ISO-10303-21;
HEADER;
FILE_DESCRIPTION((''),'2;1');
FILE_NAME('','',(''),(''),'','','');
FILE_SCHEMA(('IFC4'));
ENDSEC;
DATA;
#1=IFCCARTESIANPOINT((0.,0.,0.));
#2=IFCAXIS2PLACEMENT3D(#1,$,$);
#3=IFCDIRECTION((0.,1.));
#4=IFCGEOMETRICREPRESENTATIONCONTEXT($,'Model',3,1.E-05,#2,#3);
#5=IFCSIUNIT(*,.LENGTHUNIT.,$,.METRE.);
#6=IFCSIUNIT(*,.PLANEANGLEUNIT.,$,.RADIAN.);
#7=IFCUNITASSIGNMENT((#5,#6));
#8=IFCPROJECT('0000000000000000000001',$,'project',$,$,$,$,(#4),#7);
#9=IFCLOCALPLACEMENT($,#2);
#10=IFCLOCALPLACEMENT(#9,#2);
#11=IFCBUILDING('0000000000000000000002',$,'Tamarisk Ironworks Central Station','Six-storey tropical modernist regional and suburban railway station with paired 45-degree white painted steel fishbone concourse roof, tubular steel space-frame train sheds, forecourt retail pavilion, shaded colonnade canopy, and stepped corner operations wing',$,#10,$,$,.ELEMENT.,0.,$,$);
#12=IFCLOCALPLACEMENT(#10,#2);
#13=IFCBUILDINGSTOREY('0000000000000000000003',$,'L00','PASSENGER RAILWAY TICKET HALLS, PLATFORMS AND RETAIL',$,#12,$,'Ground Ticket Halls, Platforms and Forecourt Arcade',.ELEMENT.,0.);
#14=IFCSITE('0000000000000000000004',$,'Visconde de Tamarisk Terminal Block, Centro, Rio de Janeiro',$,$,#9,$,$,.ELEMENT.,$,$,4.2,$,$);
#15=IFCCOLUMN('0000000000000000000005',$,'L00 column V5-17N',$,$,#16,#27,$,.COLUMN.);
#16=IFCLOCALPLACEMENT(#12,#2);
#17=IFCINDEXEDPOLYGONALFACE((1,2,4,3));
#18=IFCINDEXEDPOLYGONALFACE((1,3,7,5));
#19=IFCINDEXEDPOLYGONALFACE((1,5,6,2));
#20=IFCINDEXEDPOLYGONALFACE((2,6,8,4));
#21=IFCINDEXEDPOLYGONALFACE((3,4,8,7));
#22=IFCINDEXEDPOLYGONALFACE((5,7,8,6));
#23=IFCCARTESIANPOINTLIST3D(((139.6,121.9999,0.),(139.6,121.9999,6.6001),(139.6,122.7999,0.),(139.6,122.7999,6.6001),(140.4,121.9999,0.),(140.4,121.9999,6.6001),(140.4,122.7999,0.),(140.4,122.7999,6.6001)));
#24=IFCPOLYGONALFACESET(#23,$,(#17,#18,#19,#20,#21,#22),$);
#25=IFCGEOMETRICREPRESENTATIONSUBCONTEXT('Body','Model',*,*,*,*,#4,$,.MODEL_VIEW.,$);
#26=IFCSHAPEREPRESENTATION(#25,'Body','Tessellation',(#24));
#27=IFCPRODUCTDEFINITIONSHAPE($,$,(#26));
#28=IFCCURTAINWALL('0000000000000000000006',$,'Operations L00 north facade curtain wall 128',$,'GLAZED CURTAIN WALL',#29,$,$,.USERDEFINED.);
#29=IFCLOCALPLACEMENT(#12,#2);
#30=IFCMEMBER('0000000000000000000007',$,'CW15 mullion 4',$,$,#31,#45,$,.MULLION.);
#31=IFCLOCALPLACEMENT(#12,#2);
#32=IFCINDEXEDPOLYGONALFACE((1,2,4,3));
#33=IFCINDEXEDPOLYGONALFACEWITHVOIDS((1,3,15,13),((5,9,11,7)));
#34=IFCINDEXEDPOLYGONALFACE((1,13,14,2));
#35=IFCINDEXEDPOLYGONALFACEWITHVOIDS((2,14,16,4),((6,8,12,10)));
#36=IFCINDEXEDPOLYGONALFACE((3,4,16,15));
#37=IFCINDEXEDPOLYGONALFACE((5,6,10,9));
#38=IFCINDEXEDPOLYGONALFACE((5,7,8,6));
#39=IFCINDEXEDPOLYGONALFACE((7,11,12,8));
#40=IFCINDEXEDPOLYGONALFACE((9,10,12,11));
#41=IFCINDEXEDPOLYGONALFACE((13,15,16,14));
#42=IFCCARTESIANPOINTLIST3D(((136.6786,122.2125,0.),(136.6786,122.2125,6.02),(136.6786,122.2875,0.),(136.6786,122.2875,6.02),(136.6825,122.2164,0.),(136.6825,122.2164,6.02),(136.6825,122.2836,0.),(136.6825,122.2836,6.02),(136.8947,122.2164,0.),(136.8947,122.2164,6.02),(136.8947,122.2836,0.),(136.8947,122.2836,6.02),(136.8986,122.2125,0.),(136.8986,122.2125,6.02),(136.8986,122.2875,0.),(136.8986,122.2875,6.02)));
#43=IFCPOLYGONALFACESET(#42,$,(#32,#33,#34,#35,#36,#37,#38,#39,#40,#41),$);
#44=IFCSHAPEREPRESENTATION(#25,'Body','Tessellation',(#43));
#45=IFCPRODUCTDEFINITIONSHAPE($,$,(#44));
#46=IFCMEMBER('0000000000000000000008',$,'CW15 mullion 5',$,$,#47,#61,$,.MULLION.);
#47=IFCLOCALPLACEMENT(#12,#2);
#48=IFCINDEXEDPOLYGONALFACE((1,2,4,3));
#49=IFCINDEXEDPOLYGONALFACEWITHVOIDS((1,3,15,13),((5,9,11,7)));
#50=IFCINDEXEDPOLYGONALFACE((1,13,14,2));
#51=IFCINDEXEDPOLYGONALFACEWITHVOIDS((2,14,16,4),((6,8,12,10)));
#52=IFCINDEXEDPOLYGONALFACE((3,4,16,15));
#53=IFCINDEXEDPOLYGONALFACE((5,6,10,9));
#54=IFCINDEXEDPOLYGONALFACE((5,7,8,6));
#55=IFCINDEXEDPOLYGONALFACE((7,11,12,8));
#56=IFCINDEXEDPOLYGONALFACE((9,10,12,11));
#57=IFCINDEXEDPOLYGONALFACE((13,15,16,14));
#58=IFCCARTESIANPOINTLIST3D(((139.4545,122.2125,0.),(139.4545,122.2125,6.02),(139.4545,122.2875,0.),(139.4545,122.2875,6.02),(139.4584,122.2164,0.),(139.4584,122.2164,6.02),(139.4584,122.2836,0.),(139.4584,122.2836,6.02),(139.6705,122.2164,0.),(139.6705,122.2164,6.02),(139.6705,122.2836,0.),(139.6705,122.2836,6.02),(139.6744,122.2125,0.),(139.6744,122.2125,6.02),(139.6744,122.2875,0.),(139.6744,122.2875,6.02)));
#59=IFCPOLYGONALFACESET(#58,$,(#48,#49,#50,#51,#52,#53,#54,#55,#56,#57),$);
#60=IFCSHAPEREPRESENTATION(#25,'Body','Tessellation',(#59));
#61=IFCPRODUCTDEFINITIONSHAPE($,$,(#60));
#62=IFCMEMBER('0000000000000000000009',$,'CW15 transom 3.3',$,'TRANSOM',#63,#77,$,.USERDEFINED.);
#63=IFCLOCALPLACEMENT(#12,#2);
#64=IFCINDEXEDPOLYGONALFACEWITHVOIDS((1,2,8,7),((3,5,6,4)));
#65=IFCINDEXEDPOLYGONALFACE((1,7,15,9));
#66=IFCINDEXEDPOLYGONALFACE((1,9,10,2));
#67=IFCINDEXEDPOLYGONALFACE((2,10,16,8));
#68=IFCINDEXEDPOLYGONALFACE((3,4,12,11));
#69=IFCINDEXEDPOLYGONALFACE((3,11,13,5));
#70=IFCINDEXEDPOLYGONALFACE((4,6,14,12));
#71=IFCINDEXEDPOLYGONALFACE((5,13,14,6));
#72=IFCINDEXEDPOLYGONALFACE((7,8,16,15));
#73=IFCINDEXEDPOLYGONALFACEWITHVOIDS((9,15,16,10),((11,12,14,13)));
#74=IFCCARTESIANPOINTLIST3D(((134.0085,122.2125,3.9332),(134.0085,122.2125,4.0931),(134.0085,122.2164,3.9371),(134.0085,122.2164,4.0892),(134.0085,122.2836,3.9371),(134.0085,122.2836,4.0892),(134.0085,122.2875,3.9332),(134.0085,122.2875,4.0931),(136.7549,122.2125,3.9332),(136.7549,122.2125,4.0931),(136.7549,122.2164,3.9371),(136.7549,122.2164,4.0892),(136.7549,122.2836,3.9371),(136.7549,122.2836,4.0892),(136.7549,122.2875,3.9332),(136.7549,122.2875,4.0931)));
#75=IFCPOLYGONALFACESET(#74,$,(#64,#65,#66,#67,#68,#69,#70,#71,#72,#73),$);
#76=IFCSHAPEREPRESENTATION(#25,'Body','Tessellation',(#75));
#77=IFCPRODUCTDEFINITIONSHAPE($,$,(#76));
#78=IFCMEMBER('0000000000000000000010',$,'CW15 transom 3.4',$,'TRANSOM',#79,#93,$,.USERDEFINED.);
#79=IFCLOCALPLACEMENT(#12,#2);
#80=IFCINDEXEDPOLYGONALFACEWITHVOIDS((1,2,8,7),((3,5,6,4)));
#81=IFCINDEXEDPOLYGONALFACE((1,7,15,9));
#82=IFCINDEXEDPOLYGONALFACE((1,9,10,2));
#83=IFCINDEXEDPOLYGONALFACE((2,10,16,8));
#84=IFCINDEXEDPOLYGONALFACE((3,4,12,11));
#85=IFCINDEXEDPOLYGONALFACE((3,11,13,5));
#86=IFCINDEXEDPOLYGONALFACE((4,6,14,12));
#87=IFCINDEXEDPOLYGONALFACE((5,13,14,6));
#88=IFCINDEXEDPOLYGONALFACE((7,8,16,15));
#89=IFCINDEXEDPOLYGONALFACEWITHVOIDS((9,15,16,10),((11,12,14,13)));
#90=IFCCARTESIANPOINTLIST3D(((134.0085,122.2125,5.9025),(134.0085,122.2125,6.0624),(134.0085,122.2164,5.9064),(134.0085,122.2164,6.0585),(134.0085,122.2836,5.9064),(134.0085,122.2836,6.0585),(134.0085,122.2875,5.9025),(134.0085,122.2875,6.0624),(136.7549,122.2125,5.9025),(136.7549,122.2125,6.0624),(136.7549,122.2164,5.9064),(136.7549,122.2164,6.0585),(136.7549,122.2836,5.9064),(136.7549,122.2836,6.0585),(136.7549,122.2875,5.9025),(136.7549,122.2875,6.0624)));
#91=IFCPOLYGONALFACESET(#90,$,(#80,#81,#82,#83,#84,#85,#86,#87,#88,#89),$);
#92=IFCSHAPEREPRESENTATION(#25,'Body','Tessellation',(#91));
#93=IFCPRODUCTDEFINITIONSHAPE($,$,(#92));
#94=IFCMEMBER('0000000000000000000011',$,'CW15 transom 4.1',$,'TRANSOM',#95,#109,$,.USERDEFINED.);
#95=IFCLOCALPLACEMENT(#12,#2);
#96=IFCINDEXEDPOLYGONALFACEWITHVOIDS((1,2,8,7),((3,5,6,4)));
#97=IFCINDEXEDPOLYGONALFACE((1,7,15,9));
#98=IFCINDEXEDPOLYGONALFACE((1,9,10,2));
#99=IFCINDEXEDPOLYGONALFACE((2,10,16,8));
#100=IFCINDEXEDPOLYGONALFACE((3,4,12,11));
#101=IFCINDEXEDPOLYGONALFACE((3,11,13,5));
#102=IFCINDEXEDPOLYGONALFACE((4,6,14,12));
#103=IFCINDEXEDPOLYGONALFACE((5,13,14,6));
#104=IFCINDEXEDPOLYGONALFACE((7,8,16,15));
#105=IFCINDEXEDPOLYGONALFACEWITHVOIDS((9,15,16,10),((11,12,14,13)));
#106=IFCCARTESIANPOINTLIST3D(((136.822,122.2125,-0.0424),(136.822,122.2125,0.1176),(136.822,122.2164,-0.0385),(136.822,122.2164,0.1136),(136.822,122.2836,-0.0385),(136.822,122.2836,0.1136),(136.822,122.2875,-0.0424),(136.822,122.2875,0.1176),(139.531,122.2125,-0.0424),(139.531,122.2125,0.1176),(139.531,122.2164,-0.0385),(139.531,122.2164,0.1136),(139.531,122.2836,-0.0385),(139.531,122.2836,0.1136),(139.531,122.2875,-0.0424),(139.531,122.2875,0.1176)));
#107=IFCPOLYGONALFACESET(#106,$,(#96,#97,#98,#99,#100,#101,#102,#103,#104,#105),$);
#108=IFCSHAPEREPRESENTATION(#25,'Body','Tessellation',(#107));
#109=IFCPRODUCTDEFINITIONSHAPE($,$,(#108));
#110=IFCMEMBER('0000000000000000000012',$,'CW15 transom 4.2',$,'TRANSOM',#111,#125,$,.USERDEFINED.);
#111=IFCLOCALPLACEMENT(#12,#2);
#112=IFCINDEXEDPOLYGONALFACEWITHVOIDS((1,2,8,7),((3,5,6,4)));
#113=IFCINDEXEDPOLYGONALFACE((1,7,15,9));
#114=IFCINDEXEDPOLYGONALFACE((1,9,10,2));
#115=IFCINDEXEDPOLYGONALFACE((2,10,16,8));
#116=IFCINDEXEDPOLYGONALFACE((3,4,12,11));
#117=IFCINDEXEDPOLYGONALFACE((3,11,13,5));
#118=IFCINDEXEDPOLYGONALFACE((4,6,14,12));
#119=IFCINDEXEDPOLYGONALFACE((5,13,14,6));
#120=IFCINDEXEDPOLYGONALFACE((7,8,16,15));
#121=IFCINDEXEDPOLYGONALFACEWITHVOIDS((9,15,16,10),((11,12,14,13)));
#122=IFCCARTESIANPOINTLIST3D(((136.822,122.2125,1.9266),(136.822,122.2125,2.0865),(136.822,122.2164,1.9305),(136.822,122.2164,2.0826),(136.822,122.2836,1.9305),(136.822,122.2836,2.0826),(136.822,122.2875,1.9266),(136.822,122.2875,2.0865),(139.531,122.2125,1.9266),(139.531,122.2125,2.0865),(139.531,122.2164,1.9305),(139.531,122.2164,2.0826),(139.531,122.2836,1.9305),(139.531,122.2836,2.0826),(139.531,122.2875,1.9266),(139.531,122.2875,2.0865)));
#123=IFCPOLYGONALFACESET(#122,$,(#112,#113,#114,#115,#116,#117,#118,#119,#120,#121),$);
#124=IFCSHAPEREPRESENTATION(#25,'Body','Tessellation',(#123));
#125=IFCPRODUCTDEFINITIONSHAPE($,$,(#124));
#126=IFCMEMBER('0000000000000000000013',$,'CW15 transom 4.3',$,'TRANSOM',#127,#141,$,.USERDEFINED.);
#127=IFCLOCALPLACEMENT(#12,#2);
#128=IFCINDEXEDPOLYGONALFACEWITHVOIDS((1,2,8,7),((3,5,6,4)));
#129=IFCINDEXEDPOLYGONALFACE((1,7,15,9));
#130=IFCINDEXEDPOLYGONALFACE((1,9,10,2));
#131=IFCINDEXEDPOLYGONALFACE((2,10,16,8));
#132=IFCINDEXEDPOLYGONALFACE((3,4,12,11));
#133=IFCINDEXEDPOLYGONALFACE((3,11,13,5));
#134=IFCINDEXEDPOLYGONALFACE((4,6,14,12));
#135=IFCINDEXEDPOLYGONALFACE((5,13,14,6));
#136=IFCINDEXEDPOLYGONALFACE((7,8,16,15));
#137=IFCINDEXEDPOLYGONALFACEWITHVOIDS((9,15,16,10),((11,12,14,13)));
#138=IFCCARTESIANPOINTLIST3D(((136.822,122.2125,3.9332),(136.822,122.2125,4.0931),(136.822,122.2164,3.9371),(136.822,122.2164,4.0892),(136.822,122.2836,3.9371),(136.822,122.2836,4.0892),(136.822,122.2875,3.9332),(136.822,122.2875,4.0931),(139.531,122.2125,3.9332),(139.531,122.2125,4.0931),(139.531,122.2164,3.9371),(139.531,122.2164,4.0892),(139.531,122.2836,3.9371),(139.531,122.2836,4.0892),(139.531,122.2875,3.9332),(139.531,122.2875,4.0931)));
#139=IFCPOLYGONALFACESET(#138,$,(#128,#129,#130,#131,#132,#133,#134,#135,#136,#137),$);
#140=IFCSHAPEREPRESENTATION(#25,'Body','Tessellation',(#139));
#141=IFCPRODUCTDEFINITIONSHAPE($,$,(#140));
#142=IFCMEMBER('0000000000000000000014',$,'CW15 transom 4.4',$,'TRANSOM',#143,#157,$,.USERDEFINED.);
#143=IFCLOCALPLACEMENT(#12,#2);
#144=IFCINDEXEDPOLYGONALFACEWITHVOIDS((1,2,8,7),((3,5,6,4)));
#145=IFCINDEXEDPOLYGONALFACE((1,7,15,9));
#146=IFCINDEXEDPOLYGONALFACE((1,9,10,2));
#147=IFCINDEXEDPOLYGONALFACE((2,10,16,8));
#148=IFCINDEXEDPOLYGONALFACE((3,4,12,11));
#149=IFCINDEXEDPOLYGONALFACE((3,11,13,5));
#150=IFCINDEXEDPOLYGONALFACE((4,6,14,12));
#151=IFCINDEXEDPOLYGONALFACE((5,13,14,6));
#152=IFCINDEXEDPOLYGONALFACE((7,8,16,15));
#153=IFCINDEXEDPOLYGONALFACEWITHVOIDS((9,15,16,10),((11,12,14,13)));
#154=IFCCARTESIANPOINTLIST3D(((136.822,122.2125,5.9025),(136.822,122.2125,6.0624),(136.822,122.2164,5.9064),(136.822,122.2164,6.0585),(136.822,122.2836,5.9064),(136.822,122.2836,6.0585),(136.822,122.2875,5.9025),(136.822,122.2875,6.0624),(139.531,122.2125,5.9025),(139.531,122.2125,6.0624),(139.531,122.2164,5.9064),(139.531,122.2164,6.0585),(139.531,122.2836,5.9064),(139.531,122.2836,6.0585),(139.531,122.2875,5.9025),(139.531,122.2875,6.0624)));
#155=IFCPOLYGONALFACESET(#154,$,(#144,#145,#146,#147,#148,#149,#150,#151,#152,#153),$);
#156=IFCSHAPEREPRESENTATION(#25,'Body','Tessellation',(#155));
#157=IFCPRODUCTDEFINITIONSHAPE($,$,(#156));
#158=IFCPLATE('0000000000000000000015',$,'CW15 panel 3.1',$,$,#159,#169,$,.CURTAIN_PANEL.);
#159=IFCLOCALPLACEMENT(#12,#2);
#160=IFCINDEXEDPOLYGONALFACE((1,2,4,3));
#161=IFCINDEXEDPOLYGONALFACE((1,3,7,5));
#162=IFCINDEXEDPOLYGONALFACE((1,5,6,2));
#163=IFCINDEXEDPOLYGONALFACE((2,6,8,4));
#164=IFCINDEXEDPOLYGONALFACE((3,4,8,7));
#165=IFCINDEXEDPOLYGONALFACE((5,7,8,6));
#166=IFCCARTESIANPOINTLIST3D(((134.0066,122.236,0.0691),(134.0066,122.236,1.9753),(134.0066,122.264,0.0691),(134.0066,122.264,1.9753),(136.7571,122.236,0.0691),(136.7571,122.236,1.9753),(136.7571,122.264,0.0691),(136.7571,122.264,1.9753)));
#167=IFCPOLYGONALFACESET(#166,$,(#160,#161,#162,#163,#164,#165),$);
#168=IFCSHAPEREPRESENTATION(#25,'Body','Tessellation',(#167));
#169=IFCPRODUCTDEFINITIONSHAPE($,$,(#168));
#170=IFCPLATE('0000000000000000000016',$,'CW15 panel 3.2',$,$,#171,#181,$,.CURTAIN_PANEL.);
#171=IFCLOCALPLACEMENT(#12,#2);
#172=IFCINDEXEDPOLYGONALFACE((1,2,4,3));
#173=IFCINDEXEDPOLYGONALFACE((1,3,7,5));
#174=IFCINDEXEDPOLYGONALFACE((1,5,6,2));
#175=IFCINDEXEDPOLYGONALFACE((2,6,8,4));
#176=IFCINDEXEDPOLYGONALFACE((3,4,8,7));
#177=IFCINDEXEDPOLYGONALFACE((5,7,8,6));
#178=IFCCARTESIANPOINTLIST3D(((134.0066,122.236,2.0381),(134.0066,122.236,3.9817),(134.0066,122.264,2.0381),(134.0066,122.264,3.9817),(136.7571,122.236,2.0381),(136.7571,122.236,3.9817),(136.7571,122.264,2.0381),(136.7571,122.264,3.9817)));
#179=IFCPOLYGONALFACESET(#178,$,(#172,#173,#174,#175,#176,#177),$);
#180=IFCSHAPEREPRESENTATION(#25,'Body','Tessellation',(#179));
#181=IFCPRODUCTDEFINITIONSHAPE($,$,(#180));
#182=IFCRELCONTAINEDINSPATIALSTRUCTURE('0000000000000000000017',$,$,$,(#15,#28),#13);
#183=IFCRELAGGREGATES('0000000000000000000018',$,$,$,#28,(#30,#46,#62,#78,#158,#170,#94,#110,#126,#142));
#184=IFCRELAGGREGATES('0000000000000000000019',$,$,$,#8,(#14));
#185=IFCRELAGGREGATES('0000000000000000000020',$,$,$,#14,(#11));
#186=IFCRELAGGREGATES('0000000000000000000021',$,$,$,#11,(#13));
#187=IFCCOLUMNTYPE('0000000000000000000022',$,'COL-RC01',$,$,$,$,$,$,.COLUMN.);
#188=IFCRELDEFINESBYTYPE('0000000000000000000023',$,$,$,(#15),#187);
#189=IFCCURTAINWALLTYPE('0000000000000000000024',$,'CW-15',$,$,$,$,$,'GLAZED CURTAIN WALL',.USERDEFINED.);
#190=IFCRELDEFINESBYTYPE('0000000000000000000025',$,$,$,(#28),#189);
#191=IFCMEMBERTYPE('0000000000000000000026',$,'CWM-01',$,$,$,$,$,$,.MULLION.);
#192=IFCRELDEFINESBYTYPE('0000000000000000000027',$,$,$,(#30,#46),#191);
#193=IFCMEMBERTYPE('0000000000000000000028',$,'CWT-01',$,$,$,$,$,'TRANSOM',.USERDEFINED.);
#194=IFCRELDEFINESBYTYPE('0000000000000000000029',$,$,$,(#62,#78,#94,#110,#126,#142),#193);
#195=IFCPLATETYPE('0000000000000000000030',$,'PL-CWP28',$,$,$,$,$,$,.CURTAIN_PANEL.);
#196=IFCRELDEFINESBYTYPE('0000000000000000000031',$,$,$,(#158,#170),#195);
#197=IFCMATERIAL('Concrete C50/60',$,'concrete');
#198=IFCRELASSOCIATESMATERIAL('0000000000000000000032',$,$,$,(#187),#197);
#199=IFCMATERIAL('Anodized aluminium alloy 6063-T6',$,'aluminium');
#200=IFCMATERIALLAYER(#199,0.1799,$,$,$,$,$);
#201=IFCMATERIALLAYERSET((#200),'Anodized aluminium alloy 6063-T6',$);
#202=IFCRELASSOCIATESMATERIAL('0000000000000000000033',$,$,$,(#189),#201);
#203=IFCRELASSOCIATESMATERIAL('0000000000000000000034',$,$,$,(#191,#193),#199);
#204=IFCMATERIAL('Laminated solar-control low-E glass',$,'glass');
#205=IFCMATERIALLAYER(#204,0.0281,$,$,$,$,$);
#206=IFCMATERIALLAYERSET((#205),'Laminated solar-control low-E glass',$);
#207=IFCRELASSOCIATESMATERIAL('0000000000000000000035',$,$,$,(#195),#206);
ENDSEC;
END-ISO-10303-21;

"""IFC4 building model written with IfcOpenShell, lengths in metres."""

from ifc_helpers import new_model, si_unit, direction, frame, origin, origin_2d, place, context, subcontext, project, spatial, rectangle, hollow_rectangle, extrude, material, layer, layer_set, material_profile, profile_set, type_object, element, aggregate, save


model = new_model("IFC4")

# Units and contexts
model_context = context("Model", 3, precision=1e-05, world=origin(), true_north=direction((0.0, 1.0)))
body_context = subcontext(model_context, "Body", "Model", "MODEL_VIEW")
ifc_project = project(units=[si_unit("LENGTHUNIT", "METRE"), si_unit("PLANEANGLEUNIT", "RADIAN")], contexts=[model_context])

# Site, building, storey
site_placement = place(None, origin())
site = spatial("IfcSite", under=ifc_project, at=site_placement, Name="Visconde de Tamarisk Terminal Block, Centro, Rio de Janeiro", CompositionType="ELEMENT", RefElevation=4.2)
building_placement = place(site_placement, origin())
building = spatial("IfcBuilding", under=site, at=building_placement, Name="Tamarisk Ironworks Central Station", Description="Six-storey tropical modernist regional and suburban railway station with paired 45-degree white painted steel fishbone concourse roof, tubular steel space-frame train sheds, forecourt retail pavilion, shaded colonnade canopy, and stepped corner operations wing", CompositionType="ELEMENT", ElevationOfRefHeight=0.0)
storey_placement = place(building_placement, origin())
storey = spatial("IfcBuildingStorey", under=building, at=storey_placement, Name="L00", Description="PASSENGER RAILWAY TICKET HALLS, PLATFORMS AND RETAIL", LongName="Ground Ticket Halls, Platforms and Forecourt Arcade", CompositionType="ELEMENT", Elevation=0.0)

# Column
ifc_material_1 = material(Name="Concrete C50/60", Category="concrete")
ifc_material_profile_1 = material_profile(ifc_material_1, rectangle(XDim=0.8, YDim=0.8, at=origin_2d()), Name="RC 800x800")
ifc_profile_set_1 = profile_set([ifc_material_profile_1], Name="Concrete C50/60")
column_type = type_object("IfcColumnType", Name="COL-RC01", PredefinedType="COLUMN", material=ifc_profile_set_1)
column_placement = place(storey_placement, frame((140.0, 122.3999, 0.0), z_axis=(0.0, 0.0, 1.0), x_axis=(1.0, 0.0, 0.0)))
element("IfcColumn", 1, at=column_placement, inside=storey, type_object=column_type, Name="L00 column V5-17N", PredefinedType="COLUMN", context=body_context, shape_type="SweptSolid", body=[
    extrude(rectangle(XDim=0.8, YDim=0.8, at=origin_2d()), origin(), (0.0, 0.0, 1.0), 6.6001),
])

# Curtain wall, members, plates
ifc_material_2 = material(Name="Anodized aluminium alloy 6063-T6", Category="aluminium")
ifc_layer_1 = layer(ifc_material_2, 0.1799)
ifc_layer_set_1 = layer_set([ifc_layer_1], Name="Anodized aluminium alloy 6063-T6")
curtain_wall_type = type_object("IfcCurtainWallType", Name="CW-15", ElementType="GLAZED CURTAIN WALL", PredefinedType="USERDEFINED", material=ifc_layer_set_1)
curtain_wall_placement = place(storey_placement, origin())
curtain_wall = element("IfcCurtainWall", 2, at=curtain_wall_placement, inside=storey, type_object=curtain_wall_type, Name="Operations L00 north facade curtain wall 128", ObjectType="GLAZED CURTAIN WALL", PredefinedType="USERDEFINED")
ifc_material_profile_2 = material_profile(ifc_material_2, hollow_rectangle(XDim=0.075, YDim=0.22, WallThickness=0.0039, at=origin_2d()), Name="ALUM 220x75")
ifc_profile_set_2 = profile_set([ifc_material_profile_2], Name="Anodized aluminium alloy 6063-T6")
member_type_1 = type_object("IfcMemberType", Name="CWM-01", PredefinedType="MULLION", material=ifc_profile_set_2)
member_1_placement = place(storey_placement, frame((136.7886, 122.25, 0.0), z_axis=(0.0, 0.0, 1.0), x_axis=(0.0, 1.0, 0.0)))
member_1 = element("IfcMember", 3, at=member_1_placement, type_object=member_type_1, Name="CW15 mullion 4", PredefinedType="MULLION", context=body_context, shape_type="SweptSolid", body=[
    extrude(hollow_rectangle(XDim=0.075, YDim=0.22, WallThickness=0.0039, at=origin_2d()), origin(), (0.0, 0.0, 1.0), 6.02),
])
member_2_placement = place(storey_placement, frame((139.5645, 122.25, 0.0), z_axis=(0.0, 0.0, 1.0), x_axis=(0.0, 1.0, 0.0)))
member_2 = element("IfcMember", 4, at=member_2_placement, type_object=member_type_1, Name="CW15 mullion 5", PredefinedType="MULLION", context=body_context, shape_type="SweptSolid", body=[
    extrude(hollow_rectangle(XDim=0.075, YDim=0.22, WallThickness=0.0039, at=origin_2d()), origin(), (0.0, 0.0, 1.0), 6.02),
])
ifc_material_profile_3 = material_profile(ifc_material_2, hollow_rectangle(XDim=0.075, YDim=0.1599, WallThickness=0.0039, at=origin_2d()), Name="ALUM 160x75")
ifc_profile_set_3 = profile_set([ifc_material_profile_3], Name="Anodized aluminium alloy 6063-T6")
member_type_2 = type_object("IfcMemberType", Name="CWT-01", ElementType="TRANSOM", PredefinedType="USERDEFINED", material=ifc_profile_set_3)
member_3_placement = place(storey_placement, frame((134.0085, 122.25, 4.0132), z_axis=(1.0, 0.0, 0.0), x_axis=(0.0, 1.0, 0.0)))
member_3 = element("IfcMember", 5, at=member_3_placement, type_object=member_type_2, Name="CW15 transom 3.3", ObjectType="TRANSOM", PredefinedType="USERDEFINED", context=body_context, shape_type="SweptSolid", body=[
    extrude(hollow_rectangle(XDim=0.075, YDim=0.1599, WallThickness=0.0039, at=origin_2d()), origin(), (0.0, 0.0, 1.0), 2.7463),
])
member_4_placement = place(storey_placement, frame((134.0085, 122.25, 5.9824), z_axis=(1.0, 0.0, 0.0), x_axis=(0.0, 1.0, 0.0)))
member_4 = element("IfcMember", 6, at=member_4_placement, type_object=member_type_2, Name="CW15 transom 3.4", ObjectType="TRANSOM", PredefinedType="USERDEFINED", context=body_context, shape_type="SweptSolid", body=[
    extrude(hollow_rectangle(XDim=0.075, YDim=0.1599, WallThickness=0.0039, at=origin_2d()), origin(), (0.0, 0.0, 1.0), 2.7463),
])
member_5_placement = place(storey_placement, frame((136.822, 122.25, 0.0376), z_axis=(1.0, 0.0, 0.0), x_axis=(0.0, 1.0, 0.0)))
member_5 = element("IfcMember", 7, at=member_5_placement, type_object=member_type_2, Name="CW15 transom 4.1", ObjectType="TRANSOM", PredefinedType="USERDEFINED", context=body_context, shape_type="SweptSolid", body=[
    extrude(hollow_rectangle(XDim=0.075, YDim=0.1599, WallThickness=0.0039, at=origin_2d()), origin(), (0.0, 0.0, 1.0), 2.709),
])
member_6_placement = place(storey_placement, frame((136.822, 122.25, 2.0066), z_axis=(1.0, 0.0, 0.0), x_axis=(0.0, 1.0, 0.0)))
member_6 = element("IfcMember", 8, at=member_6_placement, type_object=member_type_2, Name="CW15 transom 4.2", ObjectType="TRANSOM", PredefinedType="USERDEFINED", context=body_context, shape_type="SweptSolid", body=[
    extrude(hollow_rectangle(XDim=0.075, YDim=0.1599, WallThickness=0.0039, at=origin_2d()), origin(), (0.0, 0.0, 1.0), 2.709),
])
member_7_placement = place(storey_placement, frame((136.822, 122.25, 4.0132), z_axis=(1.0, 0.0, 0.0), x_axis=(0.0, 1.0, 0.0)))
member_7 = element("IfcMember", 9, at=member_7_placement, type_object=member_type_2, Name="CW15 transom 4.3", ObjectType="TRANSOM", PredefinedType="USERDEFINED", context=body_context, shape_type="SweptSolid", body=[
    extrude(hollow_rectangle(XDim=0.075, YDim=0.1599, WallThickness=0.0039, at=origin_2d()), origin(), (0.0, 0.0, 1.0), 2.709),
])
member_8_placement = place(storey_placement, frame((136.822, 122.25, 5.9824), z_axis=(1.0, 0.0, 0.0), x_axis=(0.0, 1.0, 0.0)))
member_8 = element("IfcMember", 10, at=member_8_placement, type_object=member_type_2, Name="CW15 transom 4.4", ObjectType="TRANSOM", PredefinedType="USERDEFINED", context=body_context, shape_type="SweptSolid", body=[
    extrude(hollow_rectangle(XDim=0.075, YDim=0.1599, WallThickness=0.0039, at=origin_2d()), origin(), (0.0, 0.0, 1.0), 2.709),
])
ifc_material_3 = material(Name="Laminated solar-control low-E glass", Category="glass")
ifc_layer_2 = layer(ifc_material_3, 0.0281)
ifc_layer_set_2 = layer_set([ifc_layer_2], Name="Laminated solar-control low-E glass")
plate_type = type_object("IfcPlateType", Name="PL-CWP28", PredefinedType="CURTAIN_PANEL", material=ifc_layer_set_2)
plate_1_placement = place(storey_placement, frame((135.3818, 122.25, 0.0691), z_axis=(0.0, 0.0, 1.0), x_axis=(1.0, 0.0, 0.0)))
plate_1 = element("IfcPlate", 11, at=plate_1_placement, type_object=plate_type, Name="CW15 panel 3.1", PredefinedType="CURTAIN_PANEL", context=body_context, shape_type="SweptSolid", body=[
    extrude(rectangle(XDim=2.7505, YDim=0.0281, at=origin_2d()), origin(), (0.0, 0.0, 1.0), 1.9062),
])
plate_2_placement = place(storey_placement, frame((135.3818, 122.25, 2.0381), z_axis=(0.0, 0.0, 1.0), x_axis=(1.0, 0.0, 0.0)))
plate_2 = element("IfcPlate", 12, at=plate_2_placement, type_object=plate_type, Name="CW15 panel 3.2", PredefinedType="CURTAIN_PANEL", context=body_context, shape_type="SweptSolid", body=[
    extrude(rectangle(XDim=2.7505, YDim=0.0281, at=origin_2d()), origin(), (0.0, 0.0, 1.0), 1.9436),
])
aggregate(curtain_wall, [member_1, member_2, member_3, member_4, plate_1, plate_2, member_5, member_6, member_7, member_8])

save(model, "model.ifc")
